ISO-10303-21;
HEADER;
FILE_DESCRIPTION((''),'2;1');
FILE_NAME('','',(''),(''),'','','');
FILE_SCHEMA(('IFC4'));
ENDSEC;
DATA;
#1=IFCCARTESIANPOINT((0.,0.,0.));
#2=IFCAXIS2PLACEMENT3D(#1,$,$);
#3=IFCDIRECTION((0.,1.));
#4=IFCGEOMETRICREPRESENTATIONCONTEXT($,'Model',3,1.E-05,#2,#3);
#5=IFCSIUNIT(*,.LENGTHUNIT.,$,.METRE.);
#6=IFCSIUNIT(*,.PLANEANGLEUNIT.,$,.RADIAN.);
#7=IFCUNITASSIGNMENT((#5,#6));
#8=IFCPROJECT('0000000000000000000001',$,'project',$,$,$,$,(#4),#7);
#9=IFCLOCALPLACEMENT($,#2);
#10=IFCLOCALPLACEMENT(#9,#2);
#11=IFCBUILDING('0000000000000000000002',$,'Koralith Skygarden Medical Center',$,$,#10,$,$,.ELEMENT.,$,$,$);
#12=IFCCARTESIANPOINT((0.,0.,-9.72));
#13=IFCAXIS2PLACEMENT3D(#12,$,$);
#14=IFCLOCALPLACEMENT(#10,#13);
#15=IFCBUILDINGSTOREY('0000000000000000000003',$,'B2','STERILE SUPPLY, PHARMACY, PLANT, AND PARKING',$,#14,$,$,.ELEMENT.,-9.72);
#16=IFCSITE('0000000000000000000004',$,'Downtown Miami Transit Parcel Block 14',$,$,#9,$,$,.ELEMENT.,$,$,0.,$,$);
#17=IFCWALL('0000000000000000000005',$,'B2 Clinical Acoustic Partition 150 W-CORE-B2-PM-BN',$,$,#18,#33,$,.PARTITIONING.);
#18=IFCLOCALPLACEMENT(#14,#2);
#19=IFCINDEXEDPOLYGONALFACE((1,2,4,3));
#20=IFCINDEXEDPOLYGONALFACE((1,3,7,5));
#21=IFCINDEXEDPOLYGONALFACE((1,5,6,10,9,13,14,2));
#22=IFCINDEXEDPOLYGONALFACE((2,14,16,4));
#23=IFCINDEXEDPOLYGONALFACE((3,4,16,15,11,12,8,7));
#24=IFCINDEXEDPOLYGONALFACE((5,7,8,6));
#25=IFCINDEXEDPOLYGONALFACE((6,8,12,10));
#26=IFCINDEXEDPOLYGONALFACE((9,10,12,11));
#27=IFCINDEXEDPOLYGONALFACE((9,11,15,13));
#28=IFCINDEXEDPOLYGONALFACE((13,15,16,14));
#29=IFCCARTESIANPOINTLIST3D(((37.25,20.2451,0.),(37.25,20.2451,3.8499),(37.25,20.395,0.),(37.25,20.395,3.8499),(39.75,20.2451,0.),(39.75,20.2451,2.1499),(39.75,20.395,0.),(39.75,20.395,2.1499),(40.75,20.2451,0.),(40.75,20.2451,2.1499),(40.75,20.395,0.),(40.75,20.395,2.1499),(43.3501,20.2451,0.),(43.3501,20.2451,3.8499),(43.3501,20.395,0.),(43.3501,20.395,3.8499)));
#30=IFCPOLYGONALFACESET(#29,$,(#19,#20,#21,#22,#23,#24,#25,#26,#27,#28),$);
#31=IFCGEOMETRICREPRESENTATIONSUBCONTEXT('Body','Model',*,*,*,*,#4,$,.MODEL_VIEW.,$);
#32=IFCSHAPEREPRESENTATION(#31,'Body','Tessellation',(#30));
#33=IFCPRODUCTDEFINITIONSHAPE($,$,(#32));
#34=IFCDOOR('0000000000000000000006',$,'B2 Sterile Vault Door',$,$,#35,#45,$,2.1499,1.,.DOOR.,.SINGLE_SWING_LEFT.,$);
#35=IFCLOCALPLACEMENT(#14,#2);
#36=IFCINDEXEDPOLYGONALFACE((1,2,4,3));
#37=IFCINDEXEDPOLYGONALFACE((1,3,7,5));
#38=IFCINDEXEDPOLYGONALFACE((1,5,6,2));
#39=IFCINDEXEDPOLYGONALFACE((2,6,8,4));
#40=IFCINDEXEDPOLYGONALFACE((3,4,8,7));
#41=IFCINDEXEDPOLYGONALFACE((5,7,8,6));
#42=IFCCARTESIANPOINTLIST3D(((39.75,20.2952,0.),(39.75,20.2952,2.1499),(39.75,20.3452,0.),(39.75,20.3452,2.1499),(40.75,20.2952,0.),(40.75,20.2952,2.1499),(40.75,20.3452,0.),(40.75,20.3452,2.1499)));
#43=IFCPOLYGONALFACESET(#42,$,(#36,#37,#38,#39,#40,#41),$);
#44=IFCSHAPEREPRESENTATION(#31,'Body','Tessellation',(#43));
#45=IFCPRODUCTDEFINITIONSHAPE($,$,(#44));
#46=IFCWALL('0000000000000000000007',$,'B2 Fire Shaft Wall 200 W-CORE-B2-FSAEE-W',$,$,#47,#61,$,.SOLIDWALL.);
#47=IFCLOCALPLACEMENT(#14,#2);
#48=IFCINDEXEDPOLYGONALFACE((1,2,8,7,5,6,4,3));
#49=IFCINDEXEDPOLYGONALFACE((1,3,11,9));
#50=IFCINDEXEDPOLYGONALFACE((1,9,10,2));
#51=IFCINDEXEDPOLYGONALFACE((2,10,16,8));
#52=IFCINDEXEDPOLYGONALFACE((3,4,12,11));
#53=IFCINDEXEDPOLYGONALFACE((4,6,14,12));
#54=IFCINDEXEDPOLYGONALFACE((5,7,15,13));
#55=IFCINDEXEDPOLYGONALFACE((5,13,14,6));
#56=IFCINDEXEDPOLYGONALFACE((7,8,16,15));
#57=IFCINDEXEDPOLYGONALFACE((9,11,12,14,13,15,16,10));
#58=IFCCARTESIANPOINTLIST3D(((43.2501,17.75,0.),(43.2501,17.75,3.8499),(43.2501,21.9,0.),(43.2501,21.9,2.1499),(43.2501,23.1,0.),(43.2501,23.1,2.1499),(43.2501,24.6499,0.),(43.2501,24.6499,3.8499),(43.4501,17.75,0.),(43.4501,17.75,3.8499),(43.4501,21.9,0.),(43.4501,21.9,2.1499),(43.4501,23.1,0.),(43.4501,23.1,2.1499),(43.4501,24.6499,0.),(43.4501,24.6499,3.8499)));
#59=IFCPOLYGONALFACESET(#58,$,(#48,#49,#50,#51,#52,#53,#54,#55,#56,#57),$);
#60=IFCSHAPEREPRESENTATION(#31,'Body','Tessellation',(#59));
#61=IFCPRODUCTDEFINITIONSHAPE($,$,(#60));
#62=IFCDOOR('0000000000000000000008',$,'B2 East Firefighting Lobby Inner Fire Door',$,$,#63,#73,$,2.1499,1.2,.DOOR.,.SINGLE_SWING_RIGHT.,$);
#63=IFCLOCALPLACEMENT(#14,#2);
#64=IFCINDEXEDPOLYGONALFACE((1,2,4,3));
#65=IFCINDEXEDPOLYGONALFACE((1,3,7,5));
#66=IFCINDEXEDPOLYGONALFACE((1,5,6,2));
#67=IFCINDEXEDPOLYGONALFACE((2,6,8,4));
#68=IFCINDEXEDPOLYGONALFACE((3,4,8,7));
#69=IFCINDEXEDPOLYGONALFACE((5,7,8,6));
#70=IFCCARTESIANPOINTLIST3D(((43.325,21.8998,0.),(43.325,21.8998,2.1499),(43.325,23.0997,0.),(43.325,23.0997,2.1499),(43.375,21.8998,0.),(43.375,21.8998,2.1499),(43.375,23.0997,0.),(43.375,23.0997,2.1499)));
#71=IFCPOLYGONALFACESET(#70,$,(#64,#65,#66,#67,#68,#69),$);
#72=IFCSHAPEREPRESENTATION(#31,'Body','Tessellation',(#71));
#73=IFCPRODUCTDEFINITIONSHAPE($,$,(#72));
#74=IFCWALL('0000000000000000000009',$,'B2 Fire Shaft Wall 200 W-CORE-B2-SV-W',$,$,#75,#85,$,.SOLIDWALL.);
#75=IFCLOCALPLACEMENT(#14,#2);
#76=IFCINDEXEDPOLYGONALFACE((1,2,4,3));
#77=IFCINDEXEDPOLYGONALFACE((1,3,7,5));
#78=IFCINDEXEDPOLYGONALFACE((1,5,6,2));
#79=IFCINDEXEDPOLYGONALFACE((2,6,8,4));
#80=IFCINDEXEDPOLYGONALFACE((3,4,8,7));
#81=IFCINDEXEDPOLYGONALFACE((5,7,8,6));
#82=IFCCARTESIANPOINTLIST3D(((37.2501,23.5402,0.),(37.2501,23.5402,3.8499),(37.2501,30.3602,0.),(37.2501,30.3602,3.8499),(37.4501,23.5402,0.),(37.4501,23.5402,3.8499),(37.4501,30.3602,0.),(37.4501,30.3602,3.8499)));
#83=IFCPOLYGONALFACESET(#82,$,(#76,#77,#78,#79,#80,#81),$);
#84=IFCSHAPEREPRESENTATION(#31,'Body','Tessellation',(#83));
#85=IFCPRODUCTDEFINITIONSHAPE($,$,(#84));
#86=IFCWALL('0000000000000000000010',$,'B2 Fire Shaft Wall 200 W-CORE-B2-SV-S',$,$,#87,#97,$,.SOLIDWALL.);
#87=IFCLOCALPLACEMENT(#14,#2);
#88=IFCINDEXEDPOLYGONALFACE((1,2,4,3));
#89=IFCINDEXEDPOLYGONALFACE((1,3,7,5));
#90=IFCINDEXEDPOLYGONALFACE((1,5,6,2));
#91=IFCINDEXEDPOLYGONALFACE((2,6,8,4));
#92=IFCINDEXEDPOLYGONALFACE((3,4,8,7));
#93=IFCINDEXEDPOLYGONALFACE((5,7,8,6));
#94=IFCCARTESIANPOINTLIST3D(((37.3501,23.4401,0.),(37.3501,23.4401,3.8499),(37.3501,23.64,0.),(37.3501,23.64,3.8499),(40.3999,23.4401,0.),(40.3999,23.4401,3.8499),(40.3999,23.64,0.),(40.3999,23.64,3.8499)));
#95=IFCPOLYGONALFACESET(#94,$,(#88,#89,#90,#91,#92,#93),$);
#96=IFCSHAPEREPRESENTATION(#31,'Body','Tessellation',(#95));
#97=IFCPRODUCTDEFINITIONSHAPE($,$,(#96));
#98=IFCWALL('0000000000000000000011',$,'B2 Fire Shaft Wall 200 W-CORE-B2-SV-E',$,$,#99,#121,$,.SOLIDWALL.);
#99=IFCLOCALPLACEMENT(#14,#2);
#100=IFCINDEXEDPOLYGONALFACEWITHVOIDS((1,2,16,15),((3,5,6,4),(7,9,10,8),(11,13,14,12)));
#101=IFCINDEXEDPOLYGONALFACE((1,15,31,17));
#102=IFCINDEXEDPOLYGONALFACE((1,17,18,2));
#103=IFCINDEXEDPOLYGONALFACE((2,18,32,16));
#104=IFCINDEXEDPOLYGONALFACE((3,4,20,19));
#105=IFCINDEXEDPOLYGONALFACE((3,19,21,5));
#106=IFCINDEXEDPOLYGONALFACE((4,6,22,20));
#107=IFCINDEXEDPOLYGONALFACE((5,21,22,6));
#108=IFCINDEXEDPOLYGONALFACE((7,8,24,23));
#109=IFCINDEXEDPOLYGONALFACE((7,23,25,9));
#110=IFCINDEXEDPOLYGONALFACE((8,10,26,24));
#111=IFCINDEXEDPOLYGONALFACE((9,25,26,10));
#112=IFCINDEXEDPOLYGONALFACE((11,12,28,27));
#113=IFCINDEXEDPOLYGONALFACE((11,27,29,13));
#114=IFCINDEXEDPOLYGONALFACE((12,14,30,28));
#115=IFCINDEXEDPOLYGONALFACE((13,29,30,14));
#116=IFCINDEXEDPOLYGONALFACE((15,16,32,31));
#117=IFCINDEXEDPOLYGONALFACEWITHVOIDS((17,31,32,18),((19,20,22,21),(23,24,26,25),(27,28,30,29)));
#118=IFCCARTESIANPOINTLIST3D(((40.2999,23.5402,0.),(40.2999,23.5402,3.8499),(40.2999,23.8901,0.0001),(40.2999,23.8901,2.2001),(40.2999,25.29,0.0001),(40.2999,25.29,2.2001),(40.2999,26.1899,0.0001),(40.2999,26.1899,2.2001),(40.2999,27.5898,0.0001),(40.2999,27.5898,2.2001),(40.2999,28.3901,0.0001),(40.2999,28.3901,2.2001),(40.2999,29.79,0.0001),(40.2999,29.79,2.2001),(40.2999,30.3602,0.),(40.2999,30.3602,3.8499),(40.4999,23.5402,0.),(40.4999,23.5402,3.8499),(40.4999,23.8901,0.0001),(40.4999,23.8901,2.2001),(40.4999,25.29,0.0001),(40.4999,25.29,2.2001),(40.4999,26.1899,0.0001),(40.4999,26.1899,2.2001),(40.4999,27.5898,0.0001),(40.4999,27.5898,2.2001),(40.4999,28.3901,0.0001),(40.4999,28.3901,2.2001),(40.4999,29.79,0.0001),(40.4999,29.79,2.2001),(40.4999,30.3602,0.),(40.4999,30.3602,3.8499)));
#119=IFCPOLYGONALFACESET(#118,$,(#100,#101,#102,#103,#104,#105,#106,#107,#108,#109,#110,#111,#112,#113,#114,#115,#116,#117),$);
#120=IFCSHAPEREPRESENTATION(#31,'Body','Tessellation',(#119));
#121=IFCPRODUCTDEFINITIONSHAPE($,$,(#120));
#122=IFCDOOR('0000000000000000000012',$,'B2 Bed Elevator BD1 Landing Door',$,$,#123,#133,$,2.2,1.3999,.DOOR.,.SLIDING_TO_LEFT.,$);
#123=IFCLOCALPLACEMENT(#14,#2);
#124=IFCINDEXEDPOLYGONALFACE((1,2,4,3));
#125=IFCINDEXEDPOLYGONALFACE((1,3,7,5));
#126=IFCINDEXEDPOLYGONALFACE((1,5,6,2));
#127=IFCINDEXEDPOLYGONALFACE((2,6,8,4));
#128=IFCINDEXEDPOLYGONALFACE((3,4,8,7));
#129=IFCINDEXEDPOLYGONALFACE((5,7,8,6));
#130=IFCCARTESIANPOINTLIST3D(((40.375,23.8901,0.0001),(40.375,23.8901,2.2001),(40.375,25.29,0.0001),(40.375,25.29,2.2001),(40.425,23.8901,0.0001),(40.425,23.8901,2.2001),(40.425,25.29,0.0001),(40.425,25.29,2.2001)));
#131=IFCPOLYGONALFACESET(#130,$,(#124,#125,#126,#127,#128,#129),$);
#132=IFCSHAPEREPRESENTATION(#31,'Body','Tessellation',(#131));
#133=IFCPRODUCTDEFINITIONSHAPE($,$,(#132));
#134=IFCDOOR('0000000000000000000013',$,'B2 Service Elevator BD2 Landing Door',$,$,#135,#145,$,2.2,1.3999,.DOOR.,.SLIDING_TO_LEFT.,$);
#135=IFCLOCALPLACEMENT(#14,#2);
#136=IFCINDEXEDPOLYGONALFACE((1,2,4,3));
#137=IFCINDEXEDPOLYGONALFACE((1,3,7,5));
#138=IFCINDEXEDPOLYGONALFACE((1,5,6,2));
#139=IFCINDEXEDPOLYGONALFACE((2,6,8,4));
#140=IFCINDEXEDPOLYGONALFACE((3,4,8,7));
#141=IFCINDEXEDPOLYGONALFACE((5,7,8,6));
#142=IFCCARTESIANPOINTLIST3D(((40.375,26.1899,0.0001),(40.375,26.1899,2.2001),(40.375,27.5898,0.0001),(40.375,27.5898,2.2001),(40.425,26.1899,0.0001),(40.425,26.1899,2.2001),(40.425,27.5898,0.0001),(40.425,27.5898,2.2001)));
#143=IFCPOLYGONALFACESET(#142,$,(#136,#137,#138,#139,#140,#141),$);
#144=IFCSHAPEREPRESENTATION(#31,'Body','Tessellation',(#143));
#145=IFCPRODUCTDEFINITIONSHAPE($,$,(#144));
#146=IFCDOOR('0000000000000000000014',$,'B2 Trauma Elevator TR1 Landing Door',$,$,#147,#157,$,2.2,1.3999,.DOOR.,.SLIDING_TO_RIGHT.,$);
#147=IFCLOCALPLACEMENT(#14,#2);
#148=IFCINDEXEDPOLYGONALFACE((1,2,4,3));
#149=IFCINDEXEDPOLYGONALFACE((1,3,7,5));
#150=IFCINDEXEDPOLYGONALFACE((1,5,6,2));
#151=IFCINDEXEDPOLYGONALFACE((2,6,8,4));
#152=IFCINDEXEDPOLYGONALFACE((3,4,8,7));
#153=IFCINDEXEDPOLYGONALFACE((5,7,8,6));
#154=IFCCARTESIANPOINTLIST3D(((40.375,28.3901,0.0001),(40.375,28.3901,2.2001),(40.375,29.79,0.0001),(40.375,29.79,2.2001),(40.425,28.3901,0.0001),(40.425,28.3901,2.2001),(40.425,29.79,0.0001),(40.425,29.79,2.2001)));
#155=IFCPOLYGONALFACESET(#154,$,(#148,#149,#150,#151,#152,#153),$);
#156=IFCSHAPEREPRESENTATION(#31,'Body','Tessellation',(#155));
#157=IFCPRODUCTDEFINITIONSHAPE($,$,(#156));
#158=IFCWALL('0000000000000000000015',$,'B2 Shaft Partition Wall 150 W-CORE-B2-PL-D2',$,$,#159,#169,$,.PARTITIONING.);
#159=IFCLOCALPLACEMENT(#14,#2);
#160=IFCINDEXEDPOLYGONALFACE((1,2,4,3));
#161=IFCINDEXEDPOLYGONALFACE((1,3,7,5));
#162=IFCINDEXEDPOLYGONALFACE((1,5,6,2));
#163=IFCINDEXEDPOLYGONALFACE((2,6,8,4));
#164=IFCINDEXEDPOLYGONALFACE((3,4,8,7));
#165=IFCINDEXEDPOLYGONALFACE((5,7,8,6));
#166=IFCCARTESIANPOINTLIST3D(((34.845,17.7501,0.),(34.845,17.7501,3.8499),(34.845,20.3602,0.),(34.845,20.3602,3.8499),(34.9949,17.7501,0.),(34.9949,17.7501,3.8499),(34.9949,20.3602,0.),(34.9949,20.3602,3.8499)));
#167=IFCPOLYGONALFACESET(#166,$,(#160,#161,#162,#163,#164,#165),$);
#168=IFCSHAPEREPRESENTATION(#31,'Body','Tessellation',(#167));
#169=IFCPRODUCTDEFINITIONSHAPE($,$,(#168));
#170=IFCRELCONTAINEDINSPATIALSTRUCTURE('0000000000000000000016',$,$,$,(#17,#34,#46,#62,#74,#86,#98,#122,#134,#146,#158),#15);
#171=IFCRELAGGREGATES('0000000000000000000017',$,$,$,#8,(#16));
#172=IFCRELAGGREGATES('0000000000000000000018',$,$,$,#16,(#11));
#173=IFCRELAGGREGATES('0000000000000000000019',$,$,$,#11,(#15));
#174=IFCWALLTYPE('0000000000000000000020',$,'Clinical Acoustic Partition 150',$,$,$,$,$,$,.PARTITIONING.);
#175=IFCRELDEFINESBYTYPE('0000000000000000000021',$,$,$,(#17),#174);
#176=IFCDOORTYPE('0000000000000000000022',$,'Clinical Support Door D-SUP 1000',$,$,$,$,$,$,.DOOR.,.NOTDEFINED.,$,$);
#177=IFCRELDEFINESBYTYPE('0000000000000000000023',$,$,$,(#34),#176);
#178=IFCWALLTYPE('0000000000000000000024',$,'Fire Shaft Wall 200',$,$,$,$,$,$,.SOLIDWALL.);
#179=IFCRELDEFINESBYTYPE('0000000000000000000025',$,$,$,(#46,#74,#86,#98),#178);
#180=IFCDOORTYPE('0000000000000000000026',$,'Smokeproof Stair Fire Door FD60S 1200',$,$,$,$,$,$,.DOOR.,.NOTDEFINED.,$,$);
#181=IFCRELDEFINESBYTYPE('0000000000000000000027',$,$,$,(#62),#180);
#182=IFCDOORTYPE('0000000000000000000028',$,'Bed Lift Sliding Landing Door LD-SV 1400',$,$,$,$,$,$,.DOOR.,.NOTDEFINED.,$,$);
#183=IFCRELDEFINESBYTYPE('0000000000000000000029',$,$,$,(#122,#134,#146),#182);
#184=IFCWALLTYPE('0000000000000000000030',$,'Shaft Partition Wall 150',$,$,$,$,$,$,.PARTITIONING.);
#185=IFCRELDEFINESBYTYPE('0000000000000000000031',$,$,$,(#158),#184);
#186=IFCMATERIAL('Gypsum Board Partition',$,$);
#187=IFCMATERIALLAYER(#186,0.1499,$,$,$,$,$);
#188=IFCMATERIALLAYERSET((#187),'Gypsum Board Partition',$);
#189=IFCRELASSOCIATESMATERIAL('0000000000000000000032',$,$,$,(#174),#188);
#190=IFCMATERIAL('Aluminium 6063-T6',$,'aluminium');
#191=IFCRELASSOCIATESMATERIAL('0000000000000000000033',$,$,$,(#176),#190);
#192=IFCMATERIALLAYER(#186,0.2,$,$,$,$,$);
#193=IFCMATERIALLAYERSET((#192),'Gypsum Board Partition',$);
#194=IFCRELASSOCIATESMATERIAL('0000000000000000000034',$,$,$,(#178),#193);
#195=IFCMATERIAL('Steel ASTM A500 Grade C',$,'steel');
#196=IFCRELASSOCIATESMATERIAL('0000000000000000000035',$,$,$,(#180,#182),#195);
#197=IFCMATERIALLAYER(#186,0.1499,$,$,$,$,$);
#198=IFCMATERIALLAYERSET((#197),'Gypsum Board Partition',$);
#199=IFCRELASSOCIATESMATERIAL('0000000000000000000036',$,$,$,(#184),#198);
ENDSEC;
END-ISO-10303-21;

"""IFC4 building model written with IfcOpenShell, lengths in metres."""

from ifc_helpers import new_model, si_unit, direction, frame, frame_2d, origin, place, context, subcontext, project, spatial, rectangle, extrude, material, layer, layer_set, type_object, element, fill, save


model = new_model("IFC4")

# Units and contexts
model_context = context("Model", 3, precision=1e-05, world=origin(), true_north=direction((0.0, 1.0)))
body_context = subcontext(model_context, "Body", "Model", "MODEL_VIEW")
ifc_project = project(units=[si_unit("LENGTHUNIT", "METRE"), si_unit("PLANEANGLEUNIT", "RADIAN")], contexts=[model_context])

# Site, building, storey
site_placement = place(None, origin())
site = spatial("IfcSite", under=ifc_project, at=site_placement, Name="Downtown Miami Transit Parcel Block 14", CompositionType="ELEMENT", RefElevation=0.0)
building_placement = place(site_placement, origin())
building = spatial("IfcBuilding", under=site, at=building_placement, Name="Koralith Skygarden Medical Center", CompositionType="ELEMENT")
storey_placement = place(building_placement, frame((0.0, 0.0, -9.72)))
storey = spatial("IfcBuildingStorey", under=building, at=storey_placement, Name="B2", Description="STERILE SUPPLY, PHARMACY, PLANT, AND PARKING", CompositionType="ELEMENT", Elevation=-9.72)

# Walls, openings, doors
ifc_material_1 = material(Name="Gypsum Board Partition")
ifc_layer_1 = layer(ifc_material_1, 0.1499)
ifc_layer_set_1 = layer_set([ifc_layer_1], Name="Gypsum Board Partition")
wall_type_1 = type_object("IfcWallType", Name="Clinical Acoustic Partition 150", PredefinedType="PARTITIONING", material=ifc_layer_set_1)
wall_1_placement = place(storey_placement, frame((37.25, 20.3201, 0.0), z_axis=(0.0, 0.0, 1.0), x_axis=(1.0, 0.0, 0.0)))
wall_1 = element("IfcWall", 1, at=wall_1_placement, inside=storey, type_object=wall_type_1, Name="B2 Clinical Acoustic Partition 150 W-CORE-B2-PM-BN", PredefinedType="PARTITIONING", context=body_context, shape_type="SweptSolid", body=[
    extrude(rectangle(XDim=6.1001, YDim=0.1499, at=frame_2d((3.05, 0.0))), origin(), (0.0, 0.0, 1.0), 3.8499),
])
opening_1_placement = place(wall_1_placement, frame((2.5, 0.0, 0.0)))
opening_1 = element("IfcOpeningElement", 2, at=opening_1_placement, cuts=wall_1, PredefinedType="OPENING", context=body_context, shape_type="SweptSolid", body=[
    extrude(rectangle(XDim=1.0, YDim=2.1499, at=frame_2d((0.5, 1.075))), frame((0.0, 0.085, 0.0), z_axis=(0.0, -1.0, 0.0), x_axis=(1.0, 0.0, 0.0)), (0.0, 0.0, 1.0), 0.1699),
])
ifc_material_2 = material(Name="Aluminium 6063-T6", Category="aluminium")
door_type_1 = type_object("IfcDoorType", Name="Clinical Support Door D-SUP 1000", OperationType="NOTDEFINED", PredefinedType="DOOR", material=ifc_material_2)
door_1_placement = place(opening_1_placement, frame((1.0, 0.0, 0.0), z_axis=(0.0, 0.0, 1.0), x_axis=(-1.0, 0.0, 0.0)))
door_1 = element("IfcDoor", 3, at=door_1_placement, inside=storey, type_object=door_type_1, Name="B2 Sterile Vault Door", OperationType="SINGLE_SWING_LEFT", OverallHeight=2.1499, OverallWidth=1.0, PredefinedType="DOOR", context=body_context, shape_type="SweptSolid", body=[
    extrude(rectangle(XDim=1.0, YDim=2.1499, at=frame_2d((0.5, 1.075))), frame((0.0, 0.0249, 0.0), z_axis=(0.0, -1.0, 0.0), x_axis=(1.0, 0.0, 0.0)), (0.0, 0.0, 1.0), 0.05),
])
fill(opening_1, door_1)
ifc_layer_2 = layer(ifc_material_1, 0.2)
ifc_layer_set_2 = layer_set([ifc_layer_2], Name="Gypsum Board Partition")
wall_type_2 = type_object("IfcWallType", Name="Fire Shaft Wall 200", PredefinedType="SOLIDWALL", material=ifc_layer_set_2)
ifc_material_3 = material(Name="Steel ASTM A500 Grade C", Category="steel")
wall_2_placement = place(storey_placement, frame((43.3501, 17.75, 0.0), z_axis=(0.0, 0.0, 1.0), x_axis=(0.0, 1.0, 0.0)))
wall_2 = element("IfcWall", 4, at=wall_2_placement, inside=storey, type_object=wall_type_2, Name="B2 Fire Shaft Wall 200 W-CORE-B2-FSAEE-W", PredefinedType="SOLIDWALL", context=body_context, shape_type="SweptSolid", body=[
    extrude(rectangle(XDim=6.8999, YDim=0.2, at=frame_2d((3.45, 0.0))), origin(), (0.0, 0.0, 1.0), 3.8499),
])
opening_2_placement = place(wall_2_placement, frame((4.1499, 0.0, 0.0)))
opening_2 = element("IfcOpeningElement", 5, at=opening_2_placement, cuts=wall_2, PredefinedType="OPENING", context=body_context, shape_type="SweptSolid", body=[
    extrude(rectangle(XDim=1.2, YDim=2.1499, at=frame_2d((0.6001, 1.075))), frame((0.0, 0.1099, 0.0), z_axis=(0.0, -1.0, 0.0), x_axis=(1.0, 0.0, 0.0)), (0.0, 0.0, 1.0), 0.22),
])
door_type_2 = type_object("IfcDoorType", Name="Smokeproof Stair Fire Door FD60S 1200", OperationType="NOTDEFINED", PredefinedType="DOOR", material=ifc_material_3)
door_2_placement = place(opening_2_placement, frame((1.2, 0.0, 0.0), z_axis=(0.0, 0.0, 1.0), x_axis=(-1.0, 0.0, 0.0)))
door_2 = element("IfcDoor", 6, at=door_2_placement, inside=storey, type_object=door_type_2, Name="B2 East Firefighting Lobby Inner Fire Door", OperationType="SINGLE_SWING_RIGHT", OverallHeight=2.1499, OverallWidth=1.2, PredefinedType="DOOR", context=body_context, shape_type="SweptSolid", body=[
    extrude(rectangle(XDim=1.2, YDim=2.1499, at=frame_2d((0.6001, 1.075))), frame((0.0, 0.0249, 0.0), z_axis=(0.0, -1.0, 0.0), x_axis=(1.0, 0.0, 0.0)), (0.0, 0.0, 1.0), 0.05),
])
fill(opening_2, door_2)

# Walls
wall_3_placement = place(storey_placement, frame((37.3501, 23.54, 0.0), z_axis=(0.0, 0.0, 1.0), x_axis=(0.0, 1.0, 0.0)))
element("IfcWall", 7, at=wall_3_placement, inside=storey, type_object=wall_type_2, Name="B2 Fire Shaft Wall 200 W-CORE-B2-SV-W", PredefinedType="SOLIDWALL", context=body_context, shape_type="SweptSolid", body=[
    extrude(rectangle(XDim=6.8201, YDim=0.2, at=frame_2d((3.4102, 0.0))), origin(), (0.0, 0.0, 1.0), 3.8499),
])
wall_4_placement = place(storey_placement, frame((37.3501, 23.54, 0.0), z_axis=(0.0, 0.0, 1.0), x_axis=(1.0, 0.0, 0.0)))
element("IfcWall", 8, at=wall_4_placement, inside=storey, type_object=wall_type_2, Name="B2 Fire Shaft Wall 200 W-CORE-B2-SV-S", PredefinedType="SOLIDWALL", context=body_context, shape_type="SweptSolid", body=[
    extrude(rectangle(XDim=3.0498, YDim=0.2, at=frame_2d((1.5249, 0.0))), origin(), (0.0, 0.0, 1.0), 3.8499),
])

# Wall, openings, doors
wall_5_placement = place(storey_placement, frame((40.3999, 23.54, 0.0), z_axis=(0.0, 0.0, 1.0), x_axis=(0.0, 1.0, 0.0)))
wall_5 = element("IfcWall", 9, at=wall_5_placement, inside=storey, type_object=wall_type_2, Name="B2 Fire Shaft Wall 200 W-CORE-B2-SV-E", PredefinedType="SOLIDWALL", context=body_context, shape_type="SweptSolid", body=[
    extrude(rectangle(XDim=6.8201, YDim=0.2, at=frame_2d((3.4102, 0.0))), origin(), (0.0, 0.0, 1.0), 3.8499),
])
opening_3_placement = place(wall_5_placement, frame((0.3501, 0.0, 0.0)))
opening_3 = element("IfcOpeningElement", 10, at=opening_3_placement, cuts=wall_5, PredefinedType="OPENING", context=body_context, shape_type="SweptSolid", body=[
    extrude(rectangle(XDim=1.3999, YDim=2.2, at=frame_2d((0.7, 1.1001))), frame((0.0, 0.1099, 0.0), z_axis=(0.0, -1.0, 0.0), x_axis=(1.0, 0.0, 0.0)), (0.0, 0.0, 1.0), 0.22),
])
opening_4_placement = place(wall_5_placement, frame((2.6499, 0.0, 0.0)))
opening_4 = element("IfcOpeningElement", 11, at=opening_4_placement, cuts=wall_5, PredefinedType="OPENING", context=body_context, shape_type="SweptSolid", body=[
    extrude(rectangle(XDim=1.3999, YDim=2.2, at=frame_2d((0.7, 1.1001))), frame((0.0, 0.1099, 0.0), z_axis=(0.0, -1.0, 0.0), x_axis=(1.0, 0.0, 0.0)), (0.0, 0.0, 1.0), 0.22),
])
opening_5_placement = place(wall_5_placement, frame((4.8501, 0.0, 0.0)))
opening_5 = element("IfcOpeningElement", 12, at=opening_5_placement, cuts=wall_5, PredefinedType="OPENING", context=body_context, shape_type="SweptSolid", body=[
    extrude(rectangle(XDim=1.3999, YDim=2.2, at=frame_2d((0.7, 1.1001))), frame((0.0, 0.1099, 0.0), z_axis=(0.0, -1.0, 0.0), x_axis=(1.0, 0.0, 0.0)), (0.0, 0.0, 1.0), 0.22),
])
door_type_3 = type_object("IfcDoorType", Name="Bed Lift Sliding Landing Door LD-SV 1400", OperationType="NOTDEFINED", PredefinedType="DOOR", material=ifc_material_3)
door_3_placement = place(opening_3_placement, origin())
door_3 = element("IfcDoor", 13, at=door_3_placement, inside=storey, type_object=door_type_3, Name="B2 Bed Elevator BD1 Landing Door", OperationType="SLIDING_TO_LEFT", OverallHeight=2.2, OverallWidth=1.3999, PredefinedType="DOOR", context=body_context, shape_type="SweptSolid", body=[
    extrude(rectangle(XDim=1.3999, YDim=2.2, at=frame_2d((0.7, 1.1001))), frame((0.0, 0.0249, 0.0), z_axis=(0.0, -1.0, 0.0), x_axis=(1.0, 0.0, 0.0)), (0.0, 0.0, 1.0), 0.05),
])
fill(opening_3, door_3)
door_4_placement = place(opening_4_placement, origin())
door_4 = element("IfcDoor", 14, at=door_4_placement, inside=storey, type_object=door_type_3, Name="B2 Service Elevator BD2 Landing Door", OperationType="SLIDING_TO_LEFT", OverallHeight=2.2, OverallWidth=1.3999, PredefinedType="DOOR", context=body_context, shape_type="SweptSolid", body=[
    extrude(rectangle(XDim=1.3999, YDim=2.2, at=frame_2d((0.7, 1.1001))), frame((0.0, 0.0249, 0.0), z_axis=(0.0, -1.0, 0.0), x_axis=(1.0, 0.0, 0.0)), (0.0, 0.0, 1.0), 0.05),
])
fill(opening_4, door_4)
door_5_placement = place(opening_5_placement, origin())
door_5 = element("IfcDoor", 15, at=door_5_placement, inside=storey, type_object=door_type_3, Name="B2 Trauma Elevator TR1 Landing Door", OperationType="SLIDING_TO_RIGHT", OverallHeight=2.2, OverallWidth=1.3999, PredefinedType="DOOR", context=body_context, shape_type="SweptSolid", body=[
    extrude(rectangle(XDim=1.3999, YDim=2.2, at=frame_2d((0.7, 1.1001))), frame((0.0, 0.0249, 0.0), z_axis=(0.0, -1.0, 0.0), x_axis=(1.0, 0.0, 0.0)), (0.0, 0.0, 1.0), 0.05),
])
fill(opening_5, door_5)

# Wall
ifc_layer_3 = layer(ifc_material_1, 0.1499)
ifc_layer_set_3 = layer_set([ifc_layer_3], Name="Gypsum Board Partition")
wall_type_3 = type_object("IfcWallType", Name="Shaft Partition Wall 150", PredefinedType="PARTITIONING", material=ifc_layer_set_3)
wall_6_placement = place(storey_placement, frame((34.9199, 17.75, 0.0), z_axis=(0.0, 0.0, 1.0), x_axis=(0.0, 1.0, 0.0)))
element("IfcWall", 16, at=wall_6_placement, inside=storey, type_object=wall_type_3, Name="B2 Shaft Partition Wall 150 W-CORE-B2-PL-D2", PredefinedType="PARTITIONING", context=body_context, shape_type="SweptSolid", body=[
    extrude(rectangle(XDim=2.6101, YDim=0.1499, at=frame_2d((1.3052, 0.0))), origin(), (0.0, 0.0, 1.0), 3.8499),
])

save(model, "model.ifc")
